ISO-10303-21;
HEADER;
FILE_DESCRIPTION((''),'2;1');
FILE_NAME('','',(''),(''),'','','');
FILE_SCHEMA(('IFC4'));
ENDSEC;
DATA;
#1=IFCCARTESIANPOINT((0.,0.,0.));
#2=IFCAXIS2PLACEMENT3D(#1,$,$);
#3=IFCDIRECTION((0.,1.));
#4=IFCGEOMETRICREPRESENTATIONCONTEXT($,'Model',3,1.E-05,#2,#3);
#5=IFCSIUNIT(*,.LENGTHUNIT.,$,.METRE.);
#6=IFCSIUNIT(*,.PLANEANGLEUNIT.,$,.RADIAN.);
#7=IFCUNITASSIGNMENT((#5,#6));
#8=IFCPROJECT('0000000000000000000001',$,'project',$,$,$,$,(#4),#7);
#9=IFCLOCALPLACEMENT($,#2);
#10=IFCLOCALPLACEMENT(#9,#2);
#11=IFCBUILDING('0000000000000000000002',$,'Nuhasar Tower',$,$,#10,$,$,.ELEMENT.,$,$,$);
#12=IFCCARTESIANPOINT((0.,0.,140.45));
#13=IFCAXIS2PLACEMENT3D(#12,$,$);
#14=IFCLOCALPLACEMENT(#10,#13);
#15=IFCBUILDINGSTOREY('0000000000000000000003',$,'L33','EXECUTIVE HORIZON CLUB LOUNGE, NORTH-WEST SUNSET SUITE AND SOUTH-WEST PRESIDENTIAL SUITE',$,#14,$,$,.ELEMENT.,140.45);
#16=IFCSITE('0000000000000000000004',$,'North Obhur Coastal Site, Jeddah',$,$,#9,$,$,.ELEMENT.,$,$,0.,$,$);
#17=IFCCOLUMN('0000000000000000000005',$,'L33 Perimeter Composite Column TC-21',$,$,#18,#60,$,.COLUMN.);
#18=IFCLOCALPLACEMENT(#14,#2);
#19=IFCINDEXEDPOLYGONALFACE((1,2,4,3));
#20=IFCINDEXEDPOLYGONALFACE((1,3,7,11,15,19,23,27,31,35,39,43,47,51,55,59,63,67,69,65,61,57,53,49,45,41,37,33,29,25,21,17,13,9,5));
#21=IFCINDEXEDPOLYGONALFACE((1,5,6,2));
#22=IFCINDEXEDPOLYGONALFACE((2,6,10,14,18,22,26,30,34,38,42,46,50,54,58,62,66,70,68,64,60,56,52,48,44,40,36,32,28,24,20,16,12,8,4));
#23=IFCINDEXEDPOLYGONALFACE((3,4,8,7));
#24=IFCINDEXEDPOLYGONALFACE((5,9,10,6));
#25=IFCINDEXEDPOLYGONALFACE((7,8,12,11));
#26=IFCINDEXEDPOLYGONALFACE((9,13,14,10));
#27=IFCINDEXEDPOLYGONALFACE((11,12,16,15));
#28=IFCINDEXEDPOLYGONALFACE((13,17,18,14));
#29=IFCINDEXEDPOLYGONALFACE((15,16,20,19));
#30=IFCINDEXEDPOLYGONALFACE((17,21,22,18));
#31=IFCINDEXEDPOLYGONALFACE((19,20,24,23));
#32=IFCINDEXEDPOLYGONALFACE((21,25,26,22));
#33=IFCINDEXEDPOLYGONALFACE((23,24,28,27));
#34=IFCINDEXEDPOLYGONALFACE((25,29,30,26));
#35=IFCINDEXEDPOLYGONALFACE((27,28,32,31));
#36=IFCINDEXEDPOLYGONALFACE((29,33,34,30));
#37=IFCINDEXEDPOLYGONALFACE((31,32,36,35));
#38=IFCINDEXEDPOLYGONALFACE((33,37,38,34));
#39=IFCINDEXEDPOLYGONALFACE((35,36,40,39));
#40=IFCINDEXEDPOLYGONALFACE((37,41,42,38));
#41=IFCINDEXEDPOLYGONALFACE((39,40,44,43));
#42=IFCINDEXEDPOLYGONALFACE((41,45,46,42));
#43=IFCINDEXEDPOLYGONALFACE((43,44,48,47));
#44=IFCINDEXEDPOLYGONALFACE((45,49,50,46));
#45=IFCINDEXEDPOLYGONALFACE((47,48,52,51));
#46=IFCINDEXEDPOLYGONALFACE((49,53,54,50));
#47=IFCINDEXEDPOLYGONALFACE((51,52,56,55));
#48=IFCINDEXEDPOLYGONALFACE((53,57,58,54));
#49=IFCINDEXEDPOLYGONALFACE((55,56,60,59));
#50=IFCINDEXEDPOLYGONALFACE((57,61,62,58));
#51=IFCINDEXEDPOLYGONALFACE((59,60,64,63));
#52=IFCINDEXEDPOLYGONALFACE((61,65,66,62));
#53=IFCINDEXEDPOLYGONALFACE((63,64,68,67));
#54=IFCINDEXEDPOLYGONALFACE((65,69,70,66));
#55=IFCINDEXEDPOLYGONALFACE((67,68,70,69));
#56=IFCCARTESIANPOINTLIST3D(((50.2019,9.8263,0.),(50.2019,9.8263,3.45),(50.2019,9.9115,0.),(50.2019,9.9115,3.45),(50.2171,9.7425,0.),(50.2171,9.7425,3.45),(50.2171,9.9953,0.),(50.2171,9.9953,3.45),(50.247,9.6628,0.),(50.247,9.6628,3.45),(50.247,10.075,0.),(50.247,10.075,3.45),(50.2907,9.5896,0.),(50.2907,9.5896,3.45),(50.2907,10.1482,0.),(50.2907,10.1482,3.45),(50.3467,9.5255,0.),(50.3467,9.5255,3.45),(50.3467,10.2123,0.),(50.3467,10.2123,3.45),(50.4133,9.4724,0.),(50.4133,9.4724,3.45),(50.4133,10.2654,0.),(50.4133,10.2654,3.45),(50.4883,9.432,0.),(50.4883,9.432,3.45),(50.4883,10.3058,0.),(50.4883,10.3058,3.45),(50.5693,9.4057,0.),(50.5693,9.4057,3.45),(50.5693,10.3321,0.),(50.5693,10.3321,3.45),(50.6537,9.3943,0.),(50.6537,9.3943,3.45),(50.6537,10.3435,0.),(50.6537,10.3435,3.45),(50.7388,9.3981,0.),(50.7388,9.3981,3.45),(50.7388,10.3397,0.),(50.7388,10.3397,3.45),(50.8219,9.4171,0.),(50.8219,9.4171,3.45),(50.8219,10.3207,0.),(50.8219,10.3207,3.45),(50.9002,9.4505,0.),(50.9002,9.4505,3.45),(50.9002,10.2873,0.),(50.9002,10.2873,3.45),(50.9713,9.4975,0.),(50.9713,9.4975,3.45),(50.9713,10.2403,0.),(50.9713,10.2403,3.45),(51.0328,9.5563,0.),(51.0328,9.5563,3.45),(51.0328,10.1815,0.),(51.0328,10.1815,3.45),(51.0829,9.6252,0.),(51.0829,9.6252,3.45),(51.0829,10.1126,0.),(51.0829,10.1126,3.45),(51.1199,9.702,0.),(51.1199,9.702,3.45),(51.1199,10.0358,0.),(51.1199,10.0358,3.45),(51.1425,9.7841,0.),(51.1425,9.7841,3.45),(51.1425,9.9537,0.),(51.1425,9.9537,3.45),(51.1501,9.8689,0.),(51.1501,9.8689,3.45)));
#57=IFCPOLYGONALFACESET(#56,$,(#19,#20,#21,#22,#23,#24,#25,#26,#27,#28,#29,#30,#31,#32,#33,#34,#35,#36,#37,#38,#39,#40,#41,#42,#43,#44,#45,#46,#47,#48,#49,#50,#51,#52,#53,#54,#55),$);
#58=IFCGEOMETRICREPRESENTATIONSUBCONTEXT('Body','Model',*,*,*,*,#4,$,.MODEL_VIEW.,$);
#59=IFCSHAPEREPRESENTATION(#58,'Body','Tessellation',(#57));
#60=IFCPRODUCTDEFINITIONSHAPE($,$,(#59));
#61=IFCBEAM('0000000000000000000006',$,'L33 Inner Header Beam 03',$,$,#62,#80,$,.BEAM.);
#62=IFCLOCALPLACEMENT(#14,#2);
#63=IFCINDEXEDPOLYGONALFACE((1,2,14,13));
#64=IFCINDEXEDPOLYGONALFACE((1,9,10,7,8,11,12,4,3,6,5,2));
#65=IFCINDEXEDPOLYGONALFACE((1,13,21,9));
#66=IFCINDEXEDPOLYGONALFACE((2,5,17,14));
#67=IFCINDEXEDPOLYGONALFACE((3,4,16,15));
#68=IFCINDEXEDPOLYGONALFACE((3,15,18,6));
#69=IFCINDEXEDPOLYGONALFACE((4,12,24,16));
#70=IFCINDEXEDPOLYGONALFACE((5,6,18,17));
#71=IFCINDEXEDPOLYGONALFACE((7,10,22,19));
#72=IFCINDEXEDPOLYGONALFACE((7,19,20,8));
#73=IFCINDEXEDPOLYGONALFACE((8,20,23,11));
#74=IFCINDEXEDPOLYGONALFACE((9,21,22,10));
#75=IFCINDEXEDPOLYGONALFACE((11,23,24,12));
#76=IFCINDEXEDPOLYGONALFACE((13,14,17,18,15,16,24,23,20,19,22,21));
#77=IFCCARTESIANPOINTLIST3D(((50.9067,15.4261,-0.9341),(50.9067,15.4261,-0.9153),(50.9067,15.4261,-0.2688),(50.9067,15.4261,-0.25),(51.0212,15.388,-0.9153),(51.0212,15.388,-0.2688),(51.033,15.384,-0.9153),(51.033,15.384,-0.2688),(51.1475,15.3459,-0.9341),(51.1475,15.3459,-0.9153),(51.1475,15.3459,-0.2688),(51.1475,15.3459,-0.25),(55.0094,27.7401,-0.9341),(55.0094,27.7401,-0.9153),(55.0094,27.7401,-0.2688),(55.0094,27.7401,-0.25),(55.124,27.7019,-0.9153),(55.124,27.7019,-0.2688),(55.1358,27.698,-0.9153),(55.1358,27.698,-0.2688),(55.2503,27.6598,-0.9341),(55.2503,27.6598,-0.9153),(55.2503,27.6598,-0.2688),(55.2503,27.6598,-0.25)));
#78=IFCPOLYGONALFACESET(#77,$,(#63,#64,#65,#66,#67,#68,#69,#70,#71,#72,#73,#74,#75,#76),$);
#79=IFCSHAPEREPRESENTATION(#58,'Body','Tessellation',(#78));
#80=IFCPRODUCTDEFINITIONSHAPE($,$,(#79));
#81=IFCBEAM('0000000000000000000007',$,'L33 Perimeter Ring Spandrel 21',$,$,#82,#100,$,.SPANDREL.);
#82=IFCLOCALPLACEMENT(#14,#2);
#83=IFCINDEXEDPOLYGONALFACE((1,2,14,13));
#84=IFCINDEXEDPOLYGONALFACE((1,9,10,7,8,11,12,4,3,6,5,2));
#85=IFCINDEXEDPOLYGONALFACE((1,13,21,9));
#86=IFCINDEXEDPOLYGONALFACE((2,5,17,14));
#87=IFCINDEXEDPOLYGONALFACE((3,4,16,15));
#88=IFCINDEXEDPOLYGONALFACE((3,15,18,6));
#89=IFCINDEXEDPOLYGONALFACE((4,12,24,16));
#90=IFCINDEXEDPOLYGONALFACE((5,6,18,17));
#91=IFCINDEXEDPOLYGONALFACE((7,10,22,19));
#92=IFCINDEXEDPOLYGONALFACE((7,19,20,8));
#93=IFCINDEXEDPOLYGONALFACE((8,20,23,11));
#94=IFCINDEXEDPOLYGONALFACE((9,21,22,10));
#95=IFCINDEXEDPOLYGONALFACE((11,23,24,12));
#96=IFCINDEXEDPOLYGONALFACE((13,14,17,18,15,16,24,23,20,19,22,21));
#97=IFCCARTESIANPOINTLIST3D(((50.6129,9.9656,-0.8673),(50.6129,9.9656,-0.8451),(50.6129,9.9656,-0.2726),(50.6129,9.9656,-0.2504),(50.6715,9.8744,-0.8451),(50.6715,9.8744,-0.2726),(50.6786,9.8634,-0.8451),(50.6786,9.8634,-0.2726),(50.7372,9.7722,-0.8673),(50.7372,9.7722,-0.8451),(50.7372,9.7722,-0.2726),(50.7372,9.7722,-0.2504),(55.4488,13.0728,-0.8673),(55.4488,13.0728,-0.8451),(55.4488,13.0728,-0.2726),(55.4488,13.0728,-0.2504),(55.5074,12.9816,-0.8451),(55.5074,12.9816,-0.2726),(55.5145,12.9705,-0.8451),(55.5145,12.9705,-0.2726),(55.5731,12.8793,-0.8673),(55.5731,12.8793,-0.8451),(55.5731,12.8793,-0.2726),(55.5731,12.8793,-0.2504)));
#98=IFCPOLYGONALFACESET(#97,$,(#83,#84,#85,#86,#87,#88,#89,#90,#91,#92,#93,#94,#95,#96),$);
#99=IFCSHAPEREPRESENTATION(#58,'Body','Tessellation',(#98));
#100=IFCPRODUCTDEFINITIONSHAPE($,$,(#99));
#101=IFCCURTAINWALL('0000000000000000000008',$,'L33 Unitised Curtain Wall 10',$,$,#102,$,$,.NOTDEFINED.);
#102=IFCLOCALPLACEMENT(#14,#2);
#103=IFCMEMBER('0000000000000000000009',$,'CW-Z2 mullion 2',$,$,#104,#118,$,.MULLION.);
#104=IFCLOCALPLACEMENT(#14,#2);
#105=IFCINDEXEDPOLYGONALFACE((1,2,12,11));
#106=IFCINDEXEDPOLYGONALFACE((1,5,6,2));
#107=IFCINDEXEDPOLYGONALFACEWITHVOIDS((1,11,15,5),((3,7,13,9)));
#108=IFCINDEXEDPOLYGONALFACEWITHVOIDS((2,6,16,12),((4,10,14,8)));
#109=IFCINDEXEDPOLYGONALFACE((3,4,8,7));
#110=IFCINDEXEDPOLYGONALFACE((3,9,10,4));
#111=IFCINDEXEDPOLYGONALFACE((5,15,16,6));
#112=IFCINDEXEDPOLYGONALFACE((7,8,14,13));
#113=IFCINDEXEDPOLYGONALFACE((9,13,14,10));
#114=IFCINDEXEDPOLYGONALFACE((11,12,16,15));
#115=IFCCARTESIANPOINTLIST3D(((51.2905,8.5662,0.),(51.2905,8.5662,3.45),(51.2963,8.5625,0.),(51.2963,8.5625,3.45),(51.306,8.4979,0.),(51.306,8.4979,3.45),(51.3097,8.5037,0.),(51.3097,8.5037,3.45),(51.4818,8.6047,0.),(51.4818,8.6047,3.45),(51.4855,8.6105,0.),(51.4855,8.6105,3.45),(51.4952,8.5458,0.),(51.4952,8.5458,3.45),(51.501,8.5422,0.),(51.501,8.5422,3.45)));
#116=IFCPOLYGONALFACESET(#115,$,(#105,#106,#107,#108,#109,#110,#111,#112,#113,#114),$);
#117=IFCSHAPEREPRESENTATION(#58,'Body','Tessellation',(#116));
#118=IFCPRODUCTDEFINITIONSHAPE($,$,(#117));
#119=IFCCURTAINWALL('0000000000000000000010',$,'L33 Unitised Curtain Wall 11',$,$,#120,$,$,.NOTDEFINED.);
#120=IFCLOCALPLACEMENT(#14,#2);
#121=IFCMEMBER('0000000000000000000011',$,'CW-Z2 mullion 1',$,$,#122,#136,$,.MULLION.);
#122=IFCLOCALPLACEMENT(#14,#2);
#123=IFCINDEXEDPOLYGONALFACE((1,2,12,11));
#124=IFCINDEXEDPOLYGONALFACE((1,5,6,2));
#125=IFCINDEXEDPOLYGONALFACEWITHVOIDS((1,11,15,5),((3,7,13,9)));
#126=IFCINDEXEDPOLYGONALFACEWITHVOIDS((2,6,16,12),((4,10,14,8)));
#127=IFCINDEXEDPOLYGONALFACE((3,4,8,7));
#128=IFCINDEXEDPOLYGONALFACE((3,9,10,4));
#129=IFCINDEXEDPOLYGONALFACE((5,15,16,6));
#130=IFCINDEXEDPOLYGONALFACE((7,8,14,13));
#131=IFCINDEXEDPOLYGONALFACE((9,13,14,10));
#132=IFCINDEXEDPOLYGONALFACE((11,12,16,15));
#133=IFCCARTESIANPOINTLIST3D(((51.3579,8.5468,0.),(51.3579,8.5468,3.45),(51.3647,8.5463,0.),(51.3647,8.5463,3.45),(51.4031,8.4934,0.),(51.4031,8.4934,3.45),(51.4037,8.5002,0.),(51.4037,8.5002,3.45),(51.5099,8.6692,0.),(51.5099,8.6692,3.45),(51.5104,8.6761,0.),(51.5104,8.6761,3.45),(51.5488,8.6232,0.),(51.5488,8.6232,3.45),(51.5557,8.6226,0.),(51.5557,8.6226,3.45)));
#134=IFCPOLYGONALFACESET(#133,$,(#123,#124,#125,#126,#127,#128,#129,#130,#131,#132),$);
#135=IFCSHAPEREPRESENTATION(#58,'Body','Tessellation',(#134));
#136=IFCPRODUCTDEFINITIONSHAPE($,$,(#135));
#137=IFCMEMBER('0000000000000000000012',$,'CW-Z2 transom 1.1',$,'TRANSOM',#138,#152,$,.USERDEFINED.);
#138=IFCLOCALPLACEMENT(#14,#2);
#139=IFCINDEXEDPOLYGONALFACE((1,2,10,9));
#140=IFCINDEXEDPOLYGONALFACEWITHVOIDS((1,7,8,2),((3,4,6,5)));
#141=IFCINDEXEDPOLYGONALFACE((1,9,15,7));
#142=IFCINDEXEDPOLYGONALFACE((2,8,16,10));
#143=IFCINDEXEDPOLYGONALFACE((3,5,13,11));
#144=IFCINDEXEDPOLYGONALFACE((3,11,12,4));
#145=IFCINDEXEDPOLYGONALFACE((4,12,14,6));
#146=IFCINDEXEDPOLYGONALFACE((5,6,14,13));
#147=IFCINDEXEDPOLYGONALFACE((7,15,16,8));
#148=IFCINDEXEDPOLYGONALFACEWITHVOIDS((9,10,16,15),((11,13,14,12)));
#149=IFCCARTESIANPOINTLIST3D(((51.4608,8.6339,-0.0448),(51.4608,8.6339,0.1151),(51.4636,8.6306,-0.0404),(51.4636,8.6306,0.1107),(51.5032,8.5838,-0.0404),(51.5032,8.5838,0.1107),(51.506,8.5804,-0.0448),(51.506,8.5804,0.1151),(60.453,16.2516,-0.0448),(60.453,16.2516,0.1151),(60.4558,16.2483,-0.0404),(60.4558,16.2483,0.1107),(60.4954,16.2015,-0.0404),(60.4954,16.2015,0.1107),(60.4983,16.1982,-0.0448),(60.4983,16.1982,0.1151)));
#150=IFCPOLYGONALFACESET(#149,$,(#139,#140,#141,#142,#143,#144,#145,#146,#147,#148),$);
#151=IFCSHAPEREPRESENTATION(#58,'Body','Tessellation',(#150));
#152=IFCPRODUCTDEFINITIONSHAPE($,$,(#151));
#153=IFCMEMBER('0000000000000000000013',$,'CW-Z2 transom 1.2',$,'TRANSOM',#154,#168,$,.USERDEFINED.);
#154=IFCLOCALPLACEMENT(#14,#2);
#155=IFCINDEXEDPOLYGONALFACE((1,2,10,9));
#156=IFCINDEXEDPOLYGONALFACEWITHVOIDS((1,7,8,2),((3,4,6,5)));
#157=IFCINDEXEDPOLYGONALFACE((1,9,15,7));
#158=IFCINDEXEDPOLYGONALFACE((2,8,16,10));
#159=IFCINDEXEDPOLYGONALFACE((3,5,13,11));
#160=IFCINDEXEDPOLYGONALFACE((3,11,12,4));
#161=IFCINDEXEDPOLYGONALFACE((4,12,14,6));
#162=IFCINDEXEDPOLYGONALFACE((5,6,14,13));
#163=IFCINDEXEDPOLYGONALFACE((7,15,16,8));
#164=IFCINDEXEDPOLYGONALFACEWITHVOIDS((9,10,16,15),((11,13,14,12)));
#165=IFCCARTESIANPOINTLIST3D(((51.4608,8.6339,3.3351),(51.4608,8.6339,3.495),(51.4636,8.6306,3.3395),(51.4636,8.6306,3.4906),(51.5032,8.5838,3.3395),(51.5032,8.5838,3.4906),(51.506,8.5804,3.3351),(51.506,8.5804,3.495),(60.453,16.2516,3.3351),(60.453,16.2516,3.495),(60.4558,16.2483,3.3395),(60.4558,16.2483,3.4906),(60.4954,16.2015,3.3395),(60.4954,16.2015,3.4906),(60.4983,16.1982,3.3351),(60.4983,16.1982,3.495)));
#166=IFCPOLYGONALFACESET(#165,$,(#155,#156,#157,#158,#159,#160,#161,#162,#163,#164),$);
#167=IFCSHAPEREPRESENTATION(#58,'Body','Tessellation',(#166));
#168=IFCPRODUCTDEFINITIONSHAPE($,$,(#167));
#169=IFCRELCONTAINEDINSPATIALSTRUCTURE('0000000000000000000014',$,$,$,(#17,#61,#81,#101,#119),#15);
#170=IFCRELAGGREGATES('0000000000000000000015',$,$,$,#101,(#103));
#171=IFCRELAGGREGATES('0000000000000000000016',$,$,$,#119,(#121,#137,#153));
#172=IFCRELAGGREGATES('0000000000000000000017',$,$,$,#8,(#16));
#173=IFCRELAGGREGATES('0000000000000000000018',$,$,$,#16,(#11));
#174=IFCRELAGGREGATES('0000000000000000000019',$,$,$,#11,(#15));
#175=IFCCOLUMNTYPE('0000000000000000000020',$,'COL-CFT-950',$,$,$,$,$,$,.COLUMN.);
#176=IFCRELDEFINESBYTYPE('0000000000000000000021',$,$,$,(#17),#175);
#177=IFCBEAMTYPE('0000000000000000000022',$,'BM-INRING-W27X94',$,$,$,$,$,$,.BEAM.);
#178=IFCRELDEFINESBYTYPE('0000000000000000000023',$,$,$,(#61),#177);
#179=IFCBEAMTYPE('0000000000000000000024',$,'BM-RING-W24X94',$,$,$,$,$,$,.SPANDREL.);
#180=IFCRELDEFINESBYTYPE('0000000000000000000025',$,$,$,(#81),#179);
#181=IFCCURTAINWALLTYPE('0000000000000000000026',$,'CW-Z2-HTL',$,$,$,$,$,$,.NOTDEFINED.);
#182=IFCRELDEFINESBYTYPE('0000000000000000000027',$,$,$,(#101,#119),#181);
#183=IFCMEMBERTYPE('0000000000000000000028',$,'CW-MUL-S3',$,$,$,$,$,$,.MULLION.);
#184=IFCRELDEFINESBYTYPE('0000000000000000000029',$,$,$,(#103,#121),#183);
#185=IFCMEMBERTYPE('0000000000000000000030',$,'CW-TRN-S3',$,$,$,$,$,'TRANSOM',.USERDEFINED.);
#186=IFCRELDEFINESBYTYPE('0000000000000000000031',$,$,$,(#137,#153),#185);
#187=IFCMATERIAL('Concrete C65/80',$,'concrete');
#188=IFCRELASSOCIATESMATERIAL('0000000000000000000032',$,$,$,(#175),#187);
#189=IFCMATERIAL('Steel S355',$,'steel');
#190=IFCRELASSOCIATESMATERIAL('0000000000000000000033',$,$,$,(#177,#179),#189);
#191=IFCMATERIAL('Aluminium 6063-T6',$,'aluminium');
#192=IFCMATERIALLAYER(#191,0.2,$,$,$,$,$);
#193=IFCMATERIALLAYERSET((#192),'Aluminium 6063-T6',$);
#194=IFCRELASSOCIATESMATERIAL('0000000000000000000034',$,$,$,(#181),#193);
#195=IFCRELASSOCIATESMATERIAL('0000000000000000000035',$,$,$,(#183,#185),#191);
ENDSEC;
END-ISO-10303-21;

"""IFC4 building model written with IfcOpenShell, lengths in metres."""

from ifc_helpers import new_model, si_unit, direction, frame, origin, origin_2d, place, context, subcontext, project, spatial, hollow_rectangle, circle, i_section, extrude, material, layer, layer_set, material_profile, profile_set, type_object, element, aggregate, save


model = new_model("IFC4")

# Units and contexts
model_context = context("Model", 3, precision=1e-05, world=origin(), true_north=direction((0.0, 1.0)))
body_context = subcontext(model_context, "Body", "Model", "MODEL_VIEW")
ifc_project = project(units=[si_unit("LENGTHUNIT", "METRE"), si_unit("PLANEANGLEUNIT", "RADIAN")], contexts=[model_context])

# Site, building, storey
site_placement = place(None, origin())
site = spatial("IfcSite", under=ifc_project, at=site_placement, Name="North Obhur Coastal Site, Jeddah", CompositionType="ELEMENT", RefElevation=0.0)
building_placement = place(site_placement, origin())
building = spatial("IfcBuilding", under=site, at=building_placement, Name="Nuhasar Tower", CompositionType="ELEMENT")
storey_placement = place(building_placement, frame((0.0, 0.0, 140.45)))
storey = spatial("IfcBuildingStorey", under=building, at=storey_placement, Name="L33", Description="EXECUTIVE HORIZON CLUB LOUNGE, NORTH-WEST SUNSET SUITE AND SOUTH-WEST PRESIDENTIAL SUITE", CompositionType="ELEMENT", Elevation=140.45)

# Column
ifc_material_1 = material(Name="Concrete C65/80", Category="concrete")
ifc_material_profile_1 = material_profile(ifc_material_1, circle(Radius=0.4751, at=origin_2d()), Name="CFT950")
ifc_profile_set_1 = profile_set([ifc_material_profile_1], Name="Concrete C65/80")
column_type = type_object("IfcColumnType", Name="COL-CFT-950", PredefinedType="COLUMN", material=ifc_profile_set_1)
column_placement = place(storey_placement, frame((50.675, 9.8689, 0.0), z_axis=(0.0, 0.0, 1.0), x_axis=(1.0, 0.0, 0.0)))
element("IfcColumn", 1, at=column_placement, inside=storey, type_object=column_type, Name="L33 Perimeter Composite Column TC-21", PredefinedType="COLUMN", context=body_context, shape_type="SweptSolid", body=[
    extrude(circle(Radius=0.4751, at=origin_2d()), origin(), (0.0, 0.0, 1.0), 3.45),
])

# Beams
ifc_material_2 = material(Name="Steel S355", Category="steel")
ifc_material_profile_2 = material_profile(ifc_material_2, i_section(OverallWidth=0.2539, OverallDepth=0.6841, WebThickness=0.0125, FlangeThickness=0.0188, at=origin_2d()), Name="W27X94")
ifc_profile_set_2 = profile_set([ifc_material_profile_2], Name="Steel S355")
beam_type_1 = type_object("IfcBeamType", Name="BM-INRING-W27X94", PredefinedType="BEAM", material=ifc_profile_set_2)
beam_1_placement = place(storey_placement, frame((51.0271, 15.386, -0.592), z_axis=(0.316098, 0.948727, 0.0), x_axis=(-0.948727, 0.316098, 0.0)))
element("IfcBeam", 2, at=beam_1_placement, inside=storey, type_object=beam_type_1, Name="L33 Inner Header Beam 03", PredefinedType="BEAM", context=body_context, shape_type="SweptSolid", body=[
    extrude(i_section(OverallWidth=0.2539, OverallDepth=0.6841, WebThickness=0.0125, FlangeThickness=0.0188, at=origin_2d()), origin(), (0.0, 0.0, 1.0), 12.9795),
])
ifc_material_profile_3 = material_profile(ifc_material_2, i_section(OverallWidth=0.23, OverallDepth=0.6169, WebThickness=0.0132, FlangeThickness=0.0222, at=origin_2d()), Name="W24X94")
ifc_profile_set_3 = profile_set([ifc_material_profile_3], Name="Steel S355")
beam_type_2 = type_object("IfcBeamType", Name="BM-RING-W24X94", PredefinedType="SPANDREL", material=ifc_profile_set_3)
beam_2_placement = place(storey_placement, frame((50.675, 9.8689, -0.5588), z_axis=(0.841308, 0.540556, 0.0), x_axis=(-0.540556, 0.841308, 0.0)))
element("IfcBeam", 3, at=beam_2_placement, inside=storey, type_object=beam_type_2, Name="L33 Perimeter Ring Spandrel 21", PredefinedType="SPANDREL", context=body_context, shape_type="SweptSolid", body=[
    extrude(i_section(OverallWidth=0.23, OverallDepth=0.6169, WebThickness=0.0132, FlangeThickness=0.0222, at=origin_2d()), origin(), (0.0, 0.0, 1.0), 5.748),
])

# Curtain wall, member
ifc_material_3 = material(Name="Aluminium 6063-T6", Category="aluminium")
ifc_layer_1 = layer(ifc_material_3, 0.2)
ifc_layer_set_1 = layer_set([ifc_layer_1], Name="Aluminium 6063-T6")
curtain_wall_type = type_object("IfcCurtainWallType", Name="CW-Z2-HTL", PredefinedType="NOTDEFINED", material=ifc_layer_set_1)
curtain_wall_1_placement = place(storey_placement, origin())
curtain_wall_1 = element("IfcCurtainWall", 4, at=curtain_wall_1_placement, inside=storey, type_object=curtain_wall_type, Name="L33 Unitised Curtain Wall 10", PredefinedType="NOTDEFINED")
ifc_material_profile_4 = material_profile(ifc_material_3, hollow_rectangle(XDim=0.0701, YDim=0.2, WallThickness=0.0049, at=origin_2d()), Name="CWM-3")
ifc_profile_set_4 = profile_set([ifc_material_profile_4], Name="Aluminium 6063-T6")
member_type_1 = type_object("IfcMemberType", Name="CW-MUL-S3", PredefinedType="MULLION", material=ifc_profile_set_4)
member_1_placement = place(storey_placement, frame((51.3958, 8.5542, 0.0), z_axis=(0.0, 0.0, 1.0), x_axis=(-0.221397, 0.975184, 0.0)))
member_1 = element("IfcMember", 5, at=member_1_placement, type_object=member_type_1, Name="CW-Z2 mullion 2", PredefinedType="MULLION", context=body_context, shape_type="SweptSolid", body=[
    extrude(hollow_rectangle(XDim=0.0701, YDim=0.2, WallThickness=0.0049, at=origin_2d()), origin(), (0.0, 0.0, 1.0), 3.45),
])
aggregate(curtain_wall_1, [member_1])

# Curtain wall, members
curtain_wall_2_placement = place(storey_placement, origin())
curtain_wall_2 = element("IfcCurtainWall", 6, at=curtain_wall_2_placement, inside=storey, type_object=curtain_wall_type, Name="L33 Unitised Curtain Wall 11", PredefinedType="NOTDEFINED")
member_2_placement = place(storey_placement, frame((51.4568, 8.5847, 0.0), z_axis=(0.0, 0.0, 1.0), x_axis=(-0.646374, 0.76302, 0.0)))
member_2 = element("IfcMember", 7, at=member_2_placement, type_object=member_type_1, Name="CW-Z2 mullion 1", PredefinedType="MULLION", context=body_context, shape_type="SweptSolid", body=[
    extrude(hollow_rectangle(XDim=0.0701, YDim=0.2, WallThickness=0.0049, at=origin_2d()), origin(), (0.0, 0.0, 1.0), 3.45),
])
ifc_material_profile_5 = material_profile(ifc_material_3, hollow_rectangle(XDim=0.0701, YDim=0.1599, WallThickness=0.0044, at=origin_2d()), Name="CWT-3")
ifc_profile_set_5 = profile_set([ifc_material_profile_5], Name="Aluminium 6063-T6")
member_type_2 = type_object("IfcMemberType", Name="CW-TRN-S3", ElementType="TRANSOM", PredefinedType="USERDEFINED", material=ifc_profile_set_5)
member_3_placement = place(storey_placement, frame((51.4834, 8.6072, 0.0352), z_axis=(0.763014, 0.646382, 0.0), x_axis=(-0.646382, 0.763014, 0.0)))
member_3 = element("IfcMember", 8, at=member_3_placement, type_object=member_type_2, Name="CW-Z2 transom 1.1", ObjectType="TRANSOM", PredefinedType="USERDEFINED", context=body_context, shape_type="SweptSolid", body=[
    extrude(hollow_rectangle(XDim=0.0701, YDim=0.1599, WallThickness=0.0044, at=origin_2d()), origin(), (0.0, 0.0, 1.0), 11.7852),
])
member_4_placement = place(storey_placement, frame((51.4834, 8.6072, 3.415), z_axis=(0.763014, 0.646382, 0.0), x_axis=(-0.646382, 0.763014, 0.0)))
member_4 = element("IfcMember", 9, at=member_4_placement, type_object=member_type_2, Name="CW-Z2 transom 1.2", ObjectType="TRANSOM", PredefinedType="USERDEFINED", context=body_context, shape_type="SweptSolid", body=[
    extrude(hollow_rectangle(XDim=0.0701, YDim=0.1599, WallThickness=0.0044, at=origin_2d()), origin(), (0.0, 0.0, 1.0), 11.7852),
])
aggregate(curtain_wall_2, [member_2, member_3, member_4])

save(model, "model.ifc")
